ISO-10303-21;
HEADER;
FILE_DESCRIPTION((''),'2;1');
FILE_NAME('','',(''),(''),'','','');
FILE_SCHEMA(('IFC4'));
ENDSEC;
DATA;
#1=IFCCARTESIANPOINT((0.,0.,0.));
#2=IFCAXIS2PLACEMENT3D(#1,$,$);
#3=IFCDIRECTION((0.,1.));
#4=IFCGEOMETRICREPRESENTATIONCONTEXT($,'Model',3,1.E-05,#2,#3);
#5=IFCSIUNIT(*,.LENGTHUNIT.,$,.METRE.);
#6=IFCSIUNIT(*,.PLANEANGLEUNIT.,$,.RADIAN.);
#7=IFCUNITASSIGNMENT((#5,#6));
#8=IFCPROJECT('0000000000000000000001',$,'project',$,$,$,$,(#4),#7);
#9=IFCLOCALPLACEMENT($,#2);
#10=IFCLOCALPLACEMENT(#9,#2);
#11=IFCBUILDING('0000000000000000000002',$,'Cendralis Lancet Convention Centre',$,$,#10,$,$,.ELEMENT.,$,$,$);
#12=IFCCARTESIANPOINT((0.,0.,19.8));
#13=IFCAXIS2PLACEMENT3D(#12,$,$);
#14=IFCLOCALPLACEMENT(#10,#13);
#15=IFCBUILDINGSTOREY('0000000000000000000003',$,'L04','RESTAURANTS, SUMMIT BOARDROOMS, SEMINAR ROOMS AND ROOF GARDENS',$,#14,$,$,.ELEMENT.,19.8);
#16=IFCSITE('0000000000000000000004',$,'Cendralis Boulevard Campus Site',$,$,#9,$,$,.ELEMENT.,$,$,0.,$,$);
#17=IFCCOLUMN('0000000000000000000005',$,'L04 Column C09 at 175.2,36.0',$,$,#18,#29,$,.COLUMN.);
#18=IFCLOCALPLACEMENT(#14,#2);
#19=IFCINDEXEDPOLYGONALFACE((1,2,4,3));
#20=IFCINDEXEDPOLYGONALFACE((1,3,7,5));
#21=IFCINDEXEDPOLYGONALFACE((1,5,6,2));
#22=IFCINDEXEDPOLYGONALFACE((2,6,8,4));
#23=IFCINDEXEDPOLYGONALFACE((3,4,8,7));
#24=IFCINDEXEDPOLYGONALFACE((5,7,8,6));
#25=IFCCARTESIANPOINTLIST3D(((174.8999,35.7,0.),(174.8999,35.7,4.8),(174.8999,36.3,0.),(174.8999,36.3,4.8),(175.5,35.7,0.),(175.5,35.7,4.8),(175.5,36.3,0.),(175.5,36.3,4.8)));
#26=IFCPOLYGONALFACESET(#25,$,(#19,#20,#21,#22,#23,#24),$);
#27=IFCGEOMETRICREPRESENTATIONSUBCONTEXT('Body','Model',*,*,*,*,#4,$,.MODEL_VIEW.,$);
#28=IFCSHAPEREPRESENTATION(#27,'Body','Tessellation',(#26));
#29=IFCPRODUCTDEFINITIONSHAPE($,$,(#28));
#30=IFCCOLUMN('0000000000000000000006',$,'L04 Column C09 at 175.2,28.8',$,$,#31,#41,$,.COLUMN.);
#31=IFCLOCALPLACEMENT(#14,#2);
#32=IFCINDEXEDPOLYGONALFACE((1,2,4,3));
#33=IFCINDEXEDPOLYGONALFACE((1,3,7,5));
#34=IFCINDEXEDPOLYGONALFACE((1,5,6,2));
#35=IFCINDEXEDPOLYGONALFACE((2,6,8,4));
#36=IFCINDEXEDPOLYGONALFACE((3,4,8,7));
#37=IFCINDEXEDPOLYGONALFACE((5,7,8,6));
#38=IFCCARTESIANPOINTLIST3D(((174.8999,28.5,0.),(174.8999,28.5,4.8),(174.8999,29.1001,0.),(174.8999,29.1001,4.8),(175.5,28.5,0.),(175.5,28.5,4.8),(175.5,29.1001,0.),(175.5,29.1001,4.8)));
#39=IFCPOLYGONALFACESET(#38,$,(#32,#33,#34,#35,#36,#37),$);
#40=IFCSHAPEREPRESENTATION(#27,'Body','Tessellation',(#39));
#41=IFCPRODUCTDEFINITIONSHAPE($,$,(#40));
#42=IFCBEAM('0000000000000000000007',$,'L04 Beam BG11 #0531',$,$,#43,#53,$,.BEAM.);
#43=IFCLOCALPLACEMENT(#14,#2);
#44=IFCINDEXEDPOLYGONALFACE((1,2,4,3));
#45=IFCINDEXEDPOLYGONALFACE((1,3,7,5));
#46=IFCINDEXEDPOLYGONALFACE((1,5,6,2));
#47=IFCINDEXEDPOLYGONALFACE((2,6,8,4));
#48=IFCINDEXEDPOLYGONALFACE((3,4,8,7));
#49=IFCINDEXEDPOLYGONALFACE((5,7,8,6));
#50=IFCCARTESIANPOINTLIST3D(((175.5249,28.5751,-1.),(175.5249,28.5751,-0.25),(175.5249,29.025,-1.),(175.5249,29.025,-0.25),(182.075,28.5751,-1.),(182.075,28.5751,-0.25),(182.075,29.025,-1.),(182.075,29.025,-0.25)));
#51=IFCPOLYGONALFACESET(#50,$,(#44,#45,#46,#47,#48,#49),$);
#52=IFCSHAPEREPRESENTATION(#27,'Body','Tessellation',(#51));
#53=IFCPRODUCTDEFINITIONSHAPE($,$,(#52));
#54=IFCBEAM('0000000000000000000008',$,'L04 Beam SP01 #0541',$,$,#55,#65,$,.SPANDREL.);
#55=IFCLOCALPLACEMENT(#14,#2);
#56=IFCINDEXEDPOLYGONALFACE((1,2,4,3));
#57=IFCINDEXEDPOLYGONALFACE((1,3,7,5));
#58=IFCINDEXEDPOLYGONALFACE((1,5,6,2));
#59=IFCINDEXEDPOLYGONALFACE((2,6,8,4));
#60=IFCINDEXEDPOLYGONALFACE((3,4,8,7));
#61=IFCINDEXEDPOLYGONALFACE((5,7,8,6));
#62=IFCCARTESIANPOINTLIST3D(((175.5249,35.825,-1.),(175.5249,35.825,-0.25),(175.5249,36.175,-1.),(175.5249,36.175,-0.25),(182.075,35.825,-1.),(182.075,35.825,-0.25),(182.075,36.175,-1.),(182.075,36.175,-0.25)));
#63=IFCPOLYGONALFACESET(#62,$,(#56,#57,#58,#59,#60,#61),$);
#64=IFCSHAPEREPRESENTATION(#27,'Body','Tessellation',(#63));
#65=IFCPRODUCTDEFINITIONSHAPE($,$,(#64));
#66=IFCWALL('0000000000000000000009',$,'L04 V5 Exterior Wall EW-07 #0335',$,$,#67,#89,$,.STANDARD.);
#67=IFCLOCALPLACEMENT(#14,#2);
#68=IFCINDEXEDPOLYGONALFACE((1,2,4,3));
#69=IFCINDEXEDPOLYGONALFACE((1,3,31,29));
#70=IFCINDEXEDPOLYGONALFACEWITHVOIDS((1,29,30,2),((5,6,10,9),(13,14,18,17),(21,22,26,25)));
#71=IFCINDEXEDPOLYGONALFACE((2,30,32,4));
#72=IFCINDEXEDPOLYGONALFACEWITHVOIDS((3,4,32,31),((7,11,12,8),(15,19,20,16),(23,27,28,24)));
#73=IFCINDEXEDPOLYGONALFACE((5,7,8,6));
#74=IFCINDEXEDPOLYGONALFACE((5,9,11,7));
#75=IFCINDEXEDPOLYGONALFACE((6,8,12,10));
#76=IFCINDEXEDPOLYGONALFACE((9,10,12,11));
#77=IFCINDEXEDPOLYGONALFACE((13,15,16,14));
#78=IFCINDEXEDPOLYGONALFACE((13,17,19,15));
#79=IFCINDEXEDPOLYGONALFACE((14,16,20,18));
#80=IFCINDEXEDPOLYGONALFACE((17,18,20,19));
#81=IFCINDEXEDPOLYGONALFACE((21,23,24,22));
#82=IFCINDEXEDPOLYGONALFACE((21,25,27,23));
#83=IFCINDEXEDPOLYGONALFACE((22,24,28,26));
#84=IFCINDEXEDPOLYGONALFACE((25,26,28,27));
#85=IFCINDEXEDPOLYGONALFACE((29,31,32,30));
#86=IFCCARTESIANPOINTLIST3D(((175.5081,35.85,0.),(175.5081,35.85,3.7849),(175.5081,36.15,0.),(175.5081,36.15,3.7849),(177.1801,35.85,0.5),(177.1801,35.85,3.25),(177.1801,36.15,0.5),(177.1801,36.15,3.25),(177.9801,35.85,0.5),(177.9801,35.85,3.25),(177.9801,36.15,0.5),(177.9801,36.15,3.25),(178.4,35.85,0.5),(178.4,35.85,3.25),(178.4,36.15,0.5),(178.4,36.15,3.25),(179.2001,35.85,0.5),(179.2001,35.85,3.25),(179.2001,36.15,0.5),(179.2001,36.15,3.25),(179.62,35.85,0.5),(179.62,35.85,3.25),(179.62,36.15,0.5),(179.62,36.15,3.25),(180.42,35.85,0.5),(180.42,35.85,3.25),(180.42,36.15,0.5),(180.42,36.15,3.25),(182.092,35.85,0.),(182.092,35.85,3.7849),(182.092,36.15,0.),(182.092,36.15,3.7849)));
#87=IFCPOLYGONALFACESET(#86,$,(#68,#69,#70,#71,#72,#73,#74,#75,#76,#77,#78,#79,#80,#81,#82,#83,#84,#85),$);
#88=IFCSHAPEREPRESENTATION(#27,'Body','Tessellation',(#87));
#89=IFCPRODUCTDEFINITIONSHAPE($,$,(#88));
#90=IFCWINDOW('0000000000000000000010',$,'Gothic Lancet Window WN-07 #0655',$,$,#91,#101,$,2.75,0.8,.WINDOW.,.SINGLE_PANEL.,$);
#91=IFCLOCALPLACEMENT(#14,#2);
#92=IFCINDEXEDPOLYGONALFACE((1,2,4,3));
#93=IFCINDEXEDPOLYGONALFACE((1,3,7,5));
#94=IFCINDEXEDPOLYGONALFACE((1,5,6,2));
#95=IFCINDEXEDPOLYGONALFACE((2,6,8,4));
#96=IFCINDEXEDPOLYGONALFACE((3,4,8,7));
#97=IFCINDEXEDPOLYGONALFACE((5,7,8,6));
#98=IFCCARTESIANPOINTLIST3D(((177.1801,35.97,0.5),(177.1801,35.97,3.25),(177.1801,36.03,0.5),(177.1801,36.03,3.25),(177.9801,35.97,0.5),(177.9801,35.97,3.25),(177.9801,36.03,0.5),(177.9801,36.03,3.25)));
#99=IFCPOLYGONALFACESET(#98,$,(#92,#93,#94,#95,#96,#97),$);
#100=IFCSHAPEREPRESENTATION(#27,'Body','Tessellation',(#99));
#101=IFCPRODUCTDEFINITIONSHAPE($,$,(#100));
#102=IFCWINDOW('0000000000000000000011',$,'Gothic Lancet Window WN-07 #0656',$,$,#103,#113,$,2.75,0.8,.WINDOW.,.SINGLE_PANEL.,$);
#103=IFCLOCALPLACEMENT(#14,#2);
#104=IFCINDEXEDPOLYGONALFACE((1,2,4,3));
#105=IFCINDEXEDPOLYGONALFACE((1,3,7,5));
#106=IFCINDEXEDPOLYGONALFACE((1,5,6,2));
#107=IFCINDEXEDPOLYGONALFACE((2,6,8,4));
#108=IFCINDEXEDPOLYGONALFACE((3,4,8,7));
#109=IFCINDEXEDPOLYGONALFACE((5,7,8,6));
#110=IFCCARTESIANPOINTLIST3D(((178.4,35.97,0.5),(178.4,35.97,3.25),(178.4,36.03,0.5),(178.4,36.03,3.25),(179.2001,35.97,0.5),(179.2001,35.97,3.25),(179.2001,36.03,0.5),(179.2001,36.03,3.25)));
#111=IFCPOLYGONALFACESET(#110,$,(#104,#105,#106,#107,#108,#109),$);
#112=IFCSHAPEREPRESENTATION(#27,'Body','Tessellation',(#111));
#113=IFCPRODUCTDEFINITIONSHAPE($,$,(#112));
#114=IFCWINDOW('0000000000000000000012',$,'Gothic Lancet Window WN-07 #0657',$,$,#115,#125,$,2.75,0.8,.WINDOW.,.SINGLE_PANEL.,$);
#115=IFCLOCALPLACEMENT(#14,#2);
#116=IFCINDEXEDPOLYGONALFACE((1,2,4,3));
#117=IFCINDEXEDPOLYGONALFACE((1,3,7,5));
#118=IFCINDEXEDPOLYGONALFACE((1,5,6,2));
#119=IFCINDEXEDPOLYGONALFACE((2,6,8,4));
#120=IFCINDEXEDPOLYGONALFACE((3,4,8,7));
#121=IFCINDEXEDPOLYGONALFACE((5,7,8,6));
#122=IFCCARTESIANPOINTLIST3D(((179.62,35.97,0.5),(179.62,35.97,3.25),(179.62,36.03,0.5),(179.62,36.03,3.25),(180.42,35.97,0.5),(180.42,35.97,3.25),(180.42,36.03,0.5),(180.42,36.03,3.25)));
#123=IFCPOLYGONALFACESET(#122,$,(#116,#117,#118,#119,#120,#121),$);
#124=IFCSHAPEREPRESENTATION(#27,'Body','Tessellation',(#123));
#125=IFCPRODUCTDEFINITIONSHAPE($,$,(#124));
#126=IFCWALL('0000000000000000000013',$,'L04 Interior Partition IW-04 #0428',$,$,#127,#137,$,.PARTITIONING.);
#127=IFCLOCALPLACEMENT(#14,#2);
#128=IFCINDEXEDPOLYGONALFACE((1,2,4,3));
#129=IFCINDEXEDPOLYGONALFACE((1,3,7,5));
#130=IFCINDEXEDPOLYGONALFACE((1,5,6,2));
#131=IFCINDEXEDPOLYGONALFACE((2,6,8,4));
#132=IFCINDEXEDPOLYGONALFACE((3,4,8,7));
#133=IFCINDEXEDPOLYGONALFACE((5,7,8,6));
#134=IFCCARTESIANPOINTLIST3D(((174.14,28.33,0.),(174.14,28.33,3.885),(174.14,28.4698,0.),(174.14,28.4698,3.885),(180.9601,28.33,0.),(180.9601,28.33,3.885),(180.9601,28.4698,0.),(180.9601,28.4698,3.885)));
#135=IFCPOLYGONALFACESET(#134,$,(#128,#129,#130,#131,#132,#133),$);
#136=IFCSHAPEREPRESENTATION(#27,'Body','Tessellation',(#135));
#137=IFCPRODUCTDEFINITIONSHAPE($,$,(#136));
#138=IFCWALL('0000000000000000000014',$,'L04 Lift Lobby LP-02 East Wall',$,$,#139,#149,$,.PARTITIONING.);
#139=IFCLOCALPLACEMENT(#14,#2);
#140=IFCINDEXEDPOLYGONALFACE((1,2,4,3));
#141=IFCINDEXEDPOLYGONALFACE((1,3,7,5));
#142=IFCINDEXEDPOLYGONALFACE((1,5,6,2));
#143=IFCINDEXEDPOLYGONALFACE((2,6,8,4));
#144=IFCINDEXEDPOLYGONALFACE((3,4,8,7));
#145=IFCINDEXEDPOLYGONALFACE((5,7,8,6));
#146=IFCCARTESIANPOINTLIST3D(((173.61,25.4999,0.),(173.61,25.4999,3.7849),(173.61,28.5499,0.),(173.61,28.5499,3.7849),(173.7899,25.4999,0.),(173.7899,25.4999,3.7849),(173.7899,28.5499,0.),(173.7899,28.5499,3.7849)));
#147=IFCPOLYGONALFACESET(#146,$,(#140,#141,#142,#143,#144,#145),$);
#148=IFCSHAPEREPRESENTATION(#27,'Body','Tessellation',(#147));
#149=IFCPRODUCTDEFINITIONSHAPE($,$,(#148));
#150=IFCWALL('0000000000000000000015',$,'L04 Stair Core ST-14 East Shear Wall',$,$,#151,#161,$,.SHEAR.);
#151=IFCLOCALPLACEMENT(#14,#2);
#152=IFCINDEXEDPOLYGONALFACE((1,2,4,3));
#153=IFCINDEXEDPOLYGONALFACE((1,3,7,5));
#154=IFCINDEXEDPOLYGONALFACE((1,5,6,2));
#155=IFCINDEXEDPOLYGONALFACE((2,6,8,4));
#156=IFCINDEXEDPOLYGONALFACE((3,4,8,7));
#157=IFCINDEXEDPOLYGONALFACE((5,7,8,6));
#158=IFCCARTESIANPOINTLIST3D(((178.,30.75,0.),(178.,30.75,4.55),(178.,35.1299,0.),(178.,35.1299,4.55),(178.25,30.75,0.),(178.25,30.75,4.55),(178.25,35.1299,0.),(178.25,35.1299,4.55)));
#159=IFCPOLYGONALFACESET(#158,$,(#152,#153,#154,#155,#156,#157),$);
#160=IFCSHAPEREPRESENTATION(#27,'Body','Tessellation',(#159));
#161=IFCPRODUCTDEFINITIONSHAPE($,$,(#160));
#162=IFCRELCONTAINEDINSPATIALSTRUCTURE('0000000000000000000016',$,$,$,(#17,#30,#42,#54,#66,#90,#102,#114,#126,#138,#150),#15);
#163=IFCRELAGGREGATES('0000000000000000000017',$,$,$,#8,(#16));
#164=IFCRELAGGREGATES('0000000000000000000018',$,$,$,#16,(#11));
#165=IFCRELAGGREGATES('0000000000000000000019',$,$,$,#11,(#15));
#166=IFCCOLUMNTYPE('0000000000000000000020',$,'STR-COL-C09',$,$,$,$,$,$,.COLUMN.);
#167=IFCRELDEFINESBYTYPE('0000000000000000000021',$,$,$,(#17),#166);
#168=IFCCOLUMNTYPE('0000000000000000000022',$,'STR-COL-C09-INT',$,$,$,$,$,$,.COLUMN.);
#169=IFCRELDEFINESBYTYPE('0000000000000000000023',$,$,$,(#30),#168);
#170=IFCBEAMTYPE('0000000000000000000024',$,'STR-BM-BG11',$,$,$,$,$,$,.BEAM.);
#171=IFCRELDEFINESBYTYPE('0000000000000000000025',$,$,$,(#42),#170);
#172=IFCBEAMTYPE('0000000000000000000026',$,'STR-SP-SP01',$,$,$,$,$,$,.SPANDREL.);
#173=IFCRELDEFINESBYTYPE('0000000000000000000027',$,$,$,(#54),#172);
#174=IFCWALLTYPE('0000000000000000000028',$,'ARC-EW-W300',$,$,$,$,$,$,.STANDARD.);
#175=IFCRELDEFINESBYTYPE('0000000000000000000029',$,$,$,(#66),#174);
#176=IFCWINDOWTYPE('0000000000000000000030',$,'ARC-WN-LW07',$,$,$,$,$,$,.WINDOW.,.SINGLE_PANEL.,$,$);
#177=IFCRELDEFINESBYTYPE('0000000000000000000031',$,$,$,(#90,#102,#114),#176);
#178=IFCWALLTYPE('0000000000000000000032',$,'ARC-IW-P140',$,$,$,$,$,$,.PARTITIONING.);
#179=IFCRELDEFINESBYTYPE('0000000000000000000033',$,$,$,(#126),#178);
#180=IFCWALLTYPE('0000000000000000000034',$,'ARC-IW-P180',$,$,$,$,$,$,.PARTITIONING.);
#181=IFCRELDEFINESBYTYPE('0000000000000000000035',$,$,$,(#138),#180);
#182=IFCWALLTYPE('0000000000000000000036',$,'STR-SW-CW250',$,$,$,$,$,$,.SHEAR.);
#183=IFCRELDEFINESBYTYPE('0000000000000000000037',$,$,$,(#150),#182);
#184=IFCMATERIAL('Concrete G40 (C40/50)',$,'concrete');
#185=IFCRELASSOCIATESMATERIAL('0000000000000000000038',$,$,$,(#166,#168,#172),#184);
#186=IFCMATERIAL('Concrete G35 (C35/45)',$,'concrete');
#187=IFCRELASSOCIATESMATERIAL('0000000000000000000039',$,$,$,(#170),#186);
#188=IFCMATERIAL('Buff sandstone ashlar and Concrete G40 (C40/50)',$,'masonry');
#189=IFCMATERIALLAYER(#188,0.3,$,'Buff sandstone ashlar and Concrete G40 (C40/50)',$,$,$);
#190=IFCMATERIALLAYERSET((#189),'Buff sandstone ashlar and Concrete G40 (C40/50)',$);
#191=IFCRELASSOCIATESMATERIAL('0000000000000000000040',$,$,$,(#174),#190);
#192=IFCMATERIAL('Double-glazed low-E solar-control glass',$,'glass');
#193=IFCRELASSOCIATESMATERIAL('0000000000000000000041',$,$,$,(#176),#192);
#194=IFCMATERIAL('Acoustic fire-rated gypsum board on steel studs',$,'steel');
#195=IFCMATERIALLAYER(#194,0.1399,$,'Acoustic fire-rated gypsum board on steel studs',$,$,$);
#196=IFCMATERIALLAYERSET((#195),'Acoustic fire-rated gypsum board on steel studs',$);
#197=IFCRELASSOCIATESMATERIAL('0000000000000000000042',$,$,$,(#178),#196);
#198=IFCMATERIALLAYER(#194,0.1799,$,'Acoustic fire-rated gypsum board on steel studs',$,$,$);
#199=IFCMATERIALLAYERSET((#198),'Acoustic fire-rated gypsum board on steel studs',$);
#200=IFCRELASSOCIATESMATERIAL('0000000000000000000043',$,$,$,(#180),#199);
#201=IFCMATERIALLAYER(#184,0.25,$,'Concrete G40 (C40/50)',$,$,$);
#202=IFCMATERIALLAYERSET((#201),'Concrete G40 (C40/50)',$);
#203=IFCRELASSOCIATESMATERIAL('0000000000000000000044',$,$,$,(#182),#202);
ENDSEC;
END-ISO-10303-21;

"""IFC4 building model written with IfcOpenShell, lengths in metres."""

from ifc_helpers import new_model, si_unit, direction, frame, frame_2d, origin, origin_2d, place, context, subcontext, project, spatial, rectangle, extrude, material, layer, layer_set, material_profile, profile_set, type_object, element, fill, save


model = new_model("IFC4")

# Units and contexts
model_context = context("Model", 3, precision=1e-05, world=origin(), true_north=direction((0.0, 1.0)))
body_context = subcontext(model_context, "Body", "Model", "MODEL_VIEW")
ifc_project = project(units=[si_unit("LENGTHUNIT", "METRE"), si_unit("PLANEANGLEUNIT", "RADIAN")], contexts=[model_context])

# Site, building, storey
site_placement = place(None, origin())
site = spatial("IfcSite", under=ifc_project, at=site_placement, Name="Cendralis Boulevard Campus Site", CompositionType="ELEMENT", RefElevation=0.0)
building_placement = place(site_placement, origin())
building = spatial("IfcBuilding", under=site, at=building_placement, Name="Cendralis Lancet Convention Centre", CompositionType="ELEMENT")
storey_placement = place(building_placement, frame((0.0, 0.0, 19.8)))
storey = spatial("IfcBuildingStorey", under=building, at=storey_placement, Name="L04", Description="RESTAURANTS, SUMMIT BOARDROOMS, SEMINAR ROOMS AND ROOF GARDENS", CompositionType="ELEMENT", Elevation=19.8)

# Columns
ifc_material_1 = material(Name="Concrete G40 (C40/50)", Category="concrete")
ifc_material_profile_1 = material_profile(ifc_material_1, rectangle(XDim=0.6001, YDim=0.6001, at=origin_2d()), Name="RC 600x600")
ifc_profile_set_1 = profile_set([ifc_material_profile_1], Name="Concrete G40 (C40/50)")
column_type_1 = type_object("IfcColumnType", Name="STR-COL-C09", PredefinedType="COLUMN", material=ifc_profile_set_1)
column_1_placement = place(storey_placement, frame((175.2, 36.0, 0.0), z_axis=(0.0, 0.0, 1.0), x_axis=(1.0, 0.0, 0.0)))
element("IfcColumn", 1, at=column_1_placement, inside=storey, type_object=column_type_1, Name="L04 Column C09 at 175.2,36.0", PredefinedType="COLUMN", context=body_context, shape_type="SweptSolid", body=[
    extrude(rectangle(XDim=0.6001, YDim=0.6001, at=origin_2d()), origin(), (0.0, 0.0, 1.0), 4.8),
])
ifc_material_profile_2 = material_profile(ifc_material_1, rectangle(XDim=0.6001, YDim=0.6001, at=origin_2d()), Name="RC 600x600")
ifc_profile_set_2 = profile_set([ifc_material_profile_2], Name="Concrete G40 (C40/50)")
column_type_2 = type_object("IfcColumnType", Name="STR-COL-C09-INT", PredefinedType="COLUMN", material=ifc_profile_set_2)
column_2_placement = place(storey_placement, frame((175.2, 28.8, 0.0), z_axis=(0.0, 0.0, 1.0), x_axis=(1.0, 0.0, 0.0)))
element("IfcColumn", 2, at=column_2_placement, inside=storey, type_object=column_type_2, Name="L04 Column C09 at 175.2,28.8", PredefinedType="COLUMN", context=body_context, shape_type="SweptSolid", body=[
    extrude(rectangle(XDim=0.6001, YDim=0.6001, at=origin_2d()), origin(), (0.0, 0.0, 1.0), 4.8),
])

# Beams
ifc_material_2 = material(Name="Concrete G35 (C35/45)", Category="concrete")
ifc_material_profile_3 = material_profile(ifc_material_2, rectangle(XDim=0.45, YDim=0.75, at=origin_2d()), Name="RCB 450x750")
ifc_profile_set_3 = profile_set([ifc_material_profile_3], Name="Concrete G35 (C35/45)")
beam_type_1 = type_object("IfcBeamType", Name="STR-BM-BG11", PredefinedType="BEAM", material=ifc_profile_set_3)
beam_1_placement = place(storey_placement, frame((175.5249, 28.8, -0.625), z_axis=(1.0, 0.0, 0.0), x_axis=(0.0, 1.0, 0.0)))
element("IfcBeam", 3, at=beam_1_placement, inside=storey, type_object=beam_type_1, Name="L04 Beam BG11 #0531", PredefinedType="BEAM", context=body_context, shape_type="SweptSolid", body=[
    extrude(rectangle(XDim=0.45, YDim=0.75, at=origin_2d()), origin(), (0.0, 0.0, 1.0), 6.55),
])
ifc_material_profile_4 = material_profile(ifc_material_1, rectangle(XDim=0.3501, YDim=0.75, at=origin_2d()), Name="RCB 350x750")
ifc_profile_set_4 = profile_set([ifc_material_profile_4], Name="Concrete G40 (C40/50)")
beam_type_2 = type_object("IfcBeamType", Name="STR-SP-SP01", PredefinedType="SPANDREL", material=ifc_profile_set_4)
beam_2_placement = place(storey_placement, frame((175.5249, 36.0, -0.625), z_axis=(1.0, 0.0, 0.0), x_axis=(0.0, 1.0, 0.0)))
element("IfcBeam", 4, at=beam_2_placement, inside=storey, type_object=beam_type_2, Name="L04 Beam SP01 #0541", PredefinedType="SPANDREL", context=body_context, shape_type="SweptSolid", body=[
    extrude(rectangle(XDim=0.3501, YDim=0.75, at=origin_2d()), origin(), (0.0, 0.0, 1.0), 6.55),
])

# Wall, openings, windows
ifc_material_3 = material(Name="Buff sandstone ashlar and Concrete G40 (C40/50)", Category="masonry")
ifc_layer_1 = layer(ifc_material_3, 0.3, Name="Buff sandstone ashlar and Concrete G40 (C40/50)")
ifc_layer_set_1 = layer_set([ifc_layer_1], Name="Buff sandstone ashlar and Concrete G40 (C40/50)")
wall_type_1 = type_object("IfcWallType", Name="ARC-EW-W300", PredefinedType="STANDARD", material=ifc_layer_set_1)
wall_1_placement = place(storey_placement, frame((175.5081, 36.0, 0.0), z_axis=(0.0, 0.0, 1.0), x_axis=(1.0, 0.0, 0.0)))
wall_1 = element("IfcWall", 5, at=wall_1_placement, inside=storey, type_object=wall_type_1, Name="L04 V5 Exterior Wall EW-07 #0335", PredefinedType="STANDARD", context=body_context, shape_type="SweptSolid", body=[
    extrude(rectangle(XDim=6.584, YDim=0.3, at=frame_2d((3.292, 0.0))), origin(), (0.0, 0.0, 1.0), 3.7849),
])
opening_1_placement = place(wall_1_placement, frame((1.6721, 0.0, 0.5)))
opening_1 = element("IfcOpeningElement", 6, at=opening_1_placement, cuts=wall_1, PredefinedType="OPENING", context=body_context, shape_type="SweptSolid", body=[
    extrude(rectangle(XDim=0.8, YDim=2.75, at=frame_2d((0.3999, 1.375))), frame((0.0, 0.1599, 0.0), z_axis=(0.0, -1.0, 0.0), x_axis=(1.0, 0.0, 0.0)), (0.0, 0.0, 1.0), 0.3201),
])
opening_2_placement = place(wall_1_placement, frame((2.8921, 0.0, 0.5)))
opening_2 = element("IfcOpeningElement", 7, at=opening_2_placement, cuts=wall_1, PredefinedType="OPENING", context=body_context, shape_type="SweptSolid", body=[
    extrude(rectangle(XDim=0.8, YDim=2.75, at=frame_2d((0.3999, 1.375))), frame((0.0, 0.1599, 0.0), z_axis=(0.0, -1.0, 0.0), x_axis=(1.0, 0.0, 0.0)), (0.0, 0.0, 1.0), 0.3201),
])
opening_3_placement = place(wall_1_placement, frame((4.1121, 0.0, 0.5)))
opening_3 = element("IfcOpeningElement", 8, at=opening_3_placement, cuts=wall_1, PredefinedType="OPENING", context=body_context, shape_type="SweptSolid", body=[
    extrude(rectangle(XDim=0.8, YDim=2.75, at=frame_2d((0.3999, 1.375))), frame((0.0, 0.1599, 0.0), z_axis=(0.0, -1.0, 0.0), x_axis=(1.0, 0.0, 0.0)), (0.0, 0.0, 1.0), 0.3201),
])
ifc_material_4 = material(Name="Double-glazed low-E solar-control glass", Category="glass")
window_type = type_object("IfcWindowType", Name="ARC-WN-LW07", PartitioningType="SINGLE_PANEL", PredefinedType="WINDOW", material=ifc_material_4)
window_1_placement = place(opening_1_placement, origin())
window_1 = element("IfcWindow", 9, at=window_1_placement, inside=storey, type_object=window_type, Name="Gothic Lancet Window WN-07 #0655", OverallHeight=2.75, OverallWidth=0.8, PartitioningType="SINGLE_PANEL", PredefinedType="WINDOW", context=body_context, shape_type="SweptSolid", body=[
    extrude(rectangle(XDim=0.8, YDim=2.75, at=frame_2d((0.3999, 1.375))), frame((0.0, 0.03, 0.0), z_axis=(0.0, -1.0, 0.0), x_axis=(1.0, 0.0, 0.0)), (0.0, 0.0, 1.0), 0.0601),
])
fill(opening_1, window_1)
window_2_placement = place(opening_2_placement, origin())
window_2 = element("IfcWindow", 10, at=window_2_placement, inside=storey, type_object=window_type, Name="Gothic Lancet Window WN-07 #0656", OverallHeight=2.75, OverallWidth=0.8, PartitioningType="SINGLE_PANEL", PredefinedType="WINDOW", context=body_context, shape_type="SweptSolid", body=[
    extrude(rectangle(XDim=0.8, YDim=2.75, at=frame_2d((0.3999, 1.375))), frame((0.0, 0.03, 0.0), z_axis=(0.0, -1.0, 0.0), x_axis=(1.0, 0.0, 0.0)), (0.0, 0.0, 1.0), 0.0601),
])
fill(opening_2, window_2)
window_3_placement = place(opening_3_placement, origin())
window_3 = element("IfcWindow", 11, at=window_3_placement, inside=storey, type_object=window_type, Name="Gothic Lancet Window WN-07 #0657", OverallHeight=2.75, OverallWidth=0.8, PartitioningType="SINGLE_PANEL", PredefinedType="WINDOW", context=body_context, shape_type="SweptSolid", body=[
    extrude(rectangle(XDim=0.8, YDim=2.75, at=frame_2d((0.3999, 1.375))), frame((0.0, 0.03, 0.0), z_axis=(0.0, -1.0, 0.0), x_axis=(1.0, 0.0, 0.0)), (0.0, 0.0, 1.0), 0.0601),
])
fill(opening_3, window_3)

# Walls
ifc_material_5 = material(Name="Acoustic fire-rated gypsum board on steel studs", Category="steel")
ifc_layer_2 = layer(ifc_material_5, 0.1399, Name="Acoustic fire-rated gypsum board on steel studs")
ifc_layer_set_2 = layer_set([ifc_layer_2], Name="Acoustic fire-rated gypsum board on steel studs")
wall_type_2 = type_object("IfcWallType", Name="ARC-IW-P140", PredefinedType="PARTITIONING", material=ifc_layer_set_2)
wall_2_placement = place(storey_placement, frame((174.1399, 28.3999, 0.0), z_axis=(0.0, 0.0, 1.0), x_axis=(1.0, 0.0, 0.0)))
element("IfcWall", 12, at=wall_2_placement, inside=storey, type_object=wall_type_2, Name="L04 Interior Partition IW-04 #0428", PredefinedType="PARTITIONING", context=body_context, shape_type="SweptSolid", body=[
    extrude(rectangle(XDim=6.8201, YDim=0.1399, at=frame_2d((3.4102, 0.0))), origin(), (0.0, 0.0, 1.0), 3.885),
])
ifc_layer_3 = layer(ifc_material_5, 0.1799, Name="Acoustic fire-rated gypsum board on steel studs")
ifc_layer_set_3 = layer_set([ifc_layer_3], Name="Acoustic fire-rated gypsum board on steel studs")
wall_type_3 = type_object("IfcWallType", Name="ARC-IW-P180", PredefinedType="PARTITIONING", material=ifc_layer_set_3)
wall_3_placement = place(storey_placement, frame((173.7, 25.5, 0.0), z_axis=(0.0, 0.0, 1.0), x_axis=(0.0, 1.0, 0.0)))
element("IfcWall", 13, at=wall_3_placement, inside=storey, type_object=wall_type_3, Name="L04 Lift Lobby LP-02 East Wall", PredefinedType="PARTITIONING", context=body_context, shape_type="SweptSolid", body=[
    extrude(rectangle(XDim=3.05, YDim=0.1799, at=frame_2d((1.5249, 0.0))), origin(), (0.0, 0.0, 1.0), 3.7849),
])
ifc_layer_4 = layer(ifc_material_1, 0.25, Name="Concrete G40 (C40/50)")
ifc_layer_set_4 = layer_set([ifc_layer_4], Name="Concrete G40 (C40/50)")
wall_type_4 = type_object("IfcWallType", Name="STR-SW-CW250", PredefinedType="SHEAR", material=ifc_layer_set_4)
wall_4_placement = place(storey_placement, frame((178.125, 30.75, 0.0), z_axis=(0.0, 0.0, 1.0), x_axis=(0.0, 1.0, 0.0)))
element("IfcWall", 14, at=wall_4_placement, inside=storey, type_object=wall_type_4, Name="L04 Stair Core ST-14 East Shear Wall", PredefinedType="SHEAR", context=body_context, shape_type="SweptSolid", body=[
    extrude(rectangle(XDim=4.3799, YDim=0.25, at=frame_2d((2.1899, 0.0))), origin(), (0.0, 0.0, 1.0), 4.55),
])

save(model, "model.ifc")
